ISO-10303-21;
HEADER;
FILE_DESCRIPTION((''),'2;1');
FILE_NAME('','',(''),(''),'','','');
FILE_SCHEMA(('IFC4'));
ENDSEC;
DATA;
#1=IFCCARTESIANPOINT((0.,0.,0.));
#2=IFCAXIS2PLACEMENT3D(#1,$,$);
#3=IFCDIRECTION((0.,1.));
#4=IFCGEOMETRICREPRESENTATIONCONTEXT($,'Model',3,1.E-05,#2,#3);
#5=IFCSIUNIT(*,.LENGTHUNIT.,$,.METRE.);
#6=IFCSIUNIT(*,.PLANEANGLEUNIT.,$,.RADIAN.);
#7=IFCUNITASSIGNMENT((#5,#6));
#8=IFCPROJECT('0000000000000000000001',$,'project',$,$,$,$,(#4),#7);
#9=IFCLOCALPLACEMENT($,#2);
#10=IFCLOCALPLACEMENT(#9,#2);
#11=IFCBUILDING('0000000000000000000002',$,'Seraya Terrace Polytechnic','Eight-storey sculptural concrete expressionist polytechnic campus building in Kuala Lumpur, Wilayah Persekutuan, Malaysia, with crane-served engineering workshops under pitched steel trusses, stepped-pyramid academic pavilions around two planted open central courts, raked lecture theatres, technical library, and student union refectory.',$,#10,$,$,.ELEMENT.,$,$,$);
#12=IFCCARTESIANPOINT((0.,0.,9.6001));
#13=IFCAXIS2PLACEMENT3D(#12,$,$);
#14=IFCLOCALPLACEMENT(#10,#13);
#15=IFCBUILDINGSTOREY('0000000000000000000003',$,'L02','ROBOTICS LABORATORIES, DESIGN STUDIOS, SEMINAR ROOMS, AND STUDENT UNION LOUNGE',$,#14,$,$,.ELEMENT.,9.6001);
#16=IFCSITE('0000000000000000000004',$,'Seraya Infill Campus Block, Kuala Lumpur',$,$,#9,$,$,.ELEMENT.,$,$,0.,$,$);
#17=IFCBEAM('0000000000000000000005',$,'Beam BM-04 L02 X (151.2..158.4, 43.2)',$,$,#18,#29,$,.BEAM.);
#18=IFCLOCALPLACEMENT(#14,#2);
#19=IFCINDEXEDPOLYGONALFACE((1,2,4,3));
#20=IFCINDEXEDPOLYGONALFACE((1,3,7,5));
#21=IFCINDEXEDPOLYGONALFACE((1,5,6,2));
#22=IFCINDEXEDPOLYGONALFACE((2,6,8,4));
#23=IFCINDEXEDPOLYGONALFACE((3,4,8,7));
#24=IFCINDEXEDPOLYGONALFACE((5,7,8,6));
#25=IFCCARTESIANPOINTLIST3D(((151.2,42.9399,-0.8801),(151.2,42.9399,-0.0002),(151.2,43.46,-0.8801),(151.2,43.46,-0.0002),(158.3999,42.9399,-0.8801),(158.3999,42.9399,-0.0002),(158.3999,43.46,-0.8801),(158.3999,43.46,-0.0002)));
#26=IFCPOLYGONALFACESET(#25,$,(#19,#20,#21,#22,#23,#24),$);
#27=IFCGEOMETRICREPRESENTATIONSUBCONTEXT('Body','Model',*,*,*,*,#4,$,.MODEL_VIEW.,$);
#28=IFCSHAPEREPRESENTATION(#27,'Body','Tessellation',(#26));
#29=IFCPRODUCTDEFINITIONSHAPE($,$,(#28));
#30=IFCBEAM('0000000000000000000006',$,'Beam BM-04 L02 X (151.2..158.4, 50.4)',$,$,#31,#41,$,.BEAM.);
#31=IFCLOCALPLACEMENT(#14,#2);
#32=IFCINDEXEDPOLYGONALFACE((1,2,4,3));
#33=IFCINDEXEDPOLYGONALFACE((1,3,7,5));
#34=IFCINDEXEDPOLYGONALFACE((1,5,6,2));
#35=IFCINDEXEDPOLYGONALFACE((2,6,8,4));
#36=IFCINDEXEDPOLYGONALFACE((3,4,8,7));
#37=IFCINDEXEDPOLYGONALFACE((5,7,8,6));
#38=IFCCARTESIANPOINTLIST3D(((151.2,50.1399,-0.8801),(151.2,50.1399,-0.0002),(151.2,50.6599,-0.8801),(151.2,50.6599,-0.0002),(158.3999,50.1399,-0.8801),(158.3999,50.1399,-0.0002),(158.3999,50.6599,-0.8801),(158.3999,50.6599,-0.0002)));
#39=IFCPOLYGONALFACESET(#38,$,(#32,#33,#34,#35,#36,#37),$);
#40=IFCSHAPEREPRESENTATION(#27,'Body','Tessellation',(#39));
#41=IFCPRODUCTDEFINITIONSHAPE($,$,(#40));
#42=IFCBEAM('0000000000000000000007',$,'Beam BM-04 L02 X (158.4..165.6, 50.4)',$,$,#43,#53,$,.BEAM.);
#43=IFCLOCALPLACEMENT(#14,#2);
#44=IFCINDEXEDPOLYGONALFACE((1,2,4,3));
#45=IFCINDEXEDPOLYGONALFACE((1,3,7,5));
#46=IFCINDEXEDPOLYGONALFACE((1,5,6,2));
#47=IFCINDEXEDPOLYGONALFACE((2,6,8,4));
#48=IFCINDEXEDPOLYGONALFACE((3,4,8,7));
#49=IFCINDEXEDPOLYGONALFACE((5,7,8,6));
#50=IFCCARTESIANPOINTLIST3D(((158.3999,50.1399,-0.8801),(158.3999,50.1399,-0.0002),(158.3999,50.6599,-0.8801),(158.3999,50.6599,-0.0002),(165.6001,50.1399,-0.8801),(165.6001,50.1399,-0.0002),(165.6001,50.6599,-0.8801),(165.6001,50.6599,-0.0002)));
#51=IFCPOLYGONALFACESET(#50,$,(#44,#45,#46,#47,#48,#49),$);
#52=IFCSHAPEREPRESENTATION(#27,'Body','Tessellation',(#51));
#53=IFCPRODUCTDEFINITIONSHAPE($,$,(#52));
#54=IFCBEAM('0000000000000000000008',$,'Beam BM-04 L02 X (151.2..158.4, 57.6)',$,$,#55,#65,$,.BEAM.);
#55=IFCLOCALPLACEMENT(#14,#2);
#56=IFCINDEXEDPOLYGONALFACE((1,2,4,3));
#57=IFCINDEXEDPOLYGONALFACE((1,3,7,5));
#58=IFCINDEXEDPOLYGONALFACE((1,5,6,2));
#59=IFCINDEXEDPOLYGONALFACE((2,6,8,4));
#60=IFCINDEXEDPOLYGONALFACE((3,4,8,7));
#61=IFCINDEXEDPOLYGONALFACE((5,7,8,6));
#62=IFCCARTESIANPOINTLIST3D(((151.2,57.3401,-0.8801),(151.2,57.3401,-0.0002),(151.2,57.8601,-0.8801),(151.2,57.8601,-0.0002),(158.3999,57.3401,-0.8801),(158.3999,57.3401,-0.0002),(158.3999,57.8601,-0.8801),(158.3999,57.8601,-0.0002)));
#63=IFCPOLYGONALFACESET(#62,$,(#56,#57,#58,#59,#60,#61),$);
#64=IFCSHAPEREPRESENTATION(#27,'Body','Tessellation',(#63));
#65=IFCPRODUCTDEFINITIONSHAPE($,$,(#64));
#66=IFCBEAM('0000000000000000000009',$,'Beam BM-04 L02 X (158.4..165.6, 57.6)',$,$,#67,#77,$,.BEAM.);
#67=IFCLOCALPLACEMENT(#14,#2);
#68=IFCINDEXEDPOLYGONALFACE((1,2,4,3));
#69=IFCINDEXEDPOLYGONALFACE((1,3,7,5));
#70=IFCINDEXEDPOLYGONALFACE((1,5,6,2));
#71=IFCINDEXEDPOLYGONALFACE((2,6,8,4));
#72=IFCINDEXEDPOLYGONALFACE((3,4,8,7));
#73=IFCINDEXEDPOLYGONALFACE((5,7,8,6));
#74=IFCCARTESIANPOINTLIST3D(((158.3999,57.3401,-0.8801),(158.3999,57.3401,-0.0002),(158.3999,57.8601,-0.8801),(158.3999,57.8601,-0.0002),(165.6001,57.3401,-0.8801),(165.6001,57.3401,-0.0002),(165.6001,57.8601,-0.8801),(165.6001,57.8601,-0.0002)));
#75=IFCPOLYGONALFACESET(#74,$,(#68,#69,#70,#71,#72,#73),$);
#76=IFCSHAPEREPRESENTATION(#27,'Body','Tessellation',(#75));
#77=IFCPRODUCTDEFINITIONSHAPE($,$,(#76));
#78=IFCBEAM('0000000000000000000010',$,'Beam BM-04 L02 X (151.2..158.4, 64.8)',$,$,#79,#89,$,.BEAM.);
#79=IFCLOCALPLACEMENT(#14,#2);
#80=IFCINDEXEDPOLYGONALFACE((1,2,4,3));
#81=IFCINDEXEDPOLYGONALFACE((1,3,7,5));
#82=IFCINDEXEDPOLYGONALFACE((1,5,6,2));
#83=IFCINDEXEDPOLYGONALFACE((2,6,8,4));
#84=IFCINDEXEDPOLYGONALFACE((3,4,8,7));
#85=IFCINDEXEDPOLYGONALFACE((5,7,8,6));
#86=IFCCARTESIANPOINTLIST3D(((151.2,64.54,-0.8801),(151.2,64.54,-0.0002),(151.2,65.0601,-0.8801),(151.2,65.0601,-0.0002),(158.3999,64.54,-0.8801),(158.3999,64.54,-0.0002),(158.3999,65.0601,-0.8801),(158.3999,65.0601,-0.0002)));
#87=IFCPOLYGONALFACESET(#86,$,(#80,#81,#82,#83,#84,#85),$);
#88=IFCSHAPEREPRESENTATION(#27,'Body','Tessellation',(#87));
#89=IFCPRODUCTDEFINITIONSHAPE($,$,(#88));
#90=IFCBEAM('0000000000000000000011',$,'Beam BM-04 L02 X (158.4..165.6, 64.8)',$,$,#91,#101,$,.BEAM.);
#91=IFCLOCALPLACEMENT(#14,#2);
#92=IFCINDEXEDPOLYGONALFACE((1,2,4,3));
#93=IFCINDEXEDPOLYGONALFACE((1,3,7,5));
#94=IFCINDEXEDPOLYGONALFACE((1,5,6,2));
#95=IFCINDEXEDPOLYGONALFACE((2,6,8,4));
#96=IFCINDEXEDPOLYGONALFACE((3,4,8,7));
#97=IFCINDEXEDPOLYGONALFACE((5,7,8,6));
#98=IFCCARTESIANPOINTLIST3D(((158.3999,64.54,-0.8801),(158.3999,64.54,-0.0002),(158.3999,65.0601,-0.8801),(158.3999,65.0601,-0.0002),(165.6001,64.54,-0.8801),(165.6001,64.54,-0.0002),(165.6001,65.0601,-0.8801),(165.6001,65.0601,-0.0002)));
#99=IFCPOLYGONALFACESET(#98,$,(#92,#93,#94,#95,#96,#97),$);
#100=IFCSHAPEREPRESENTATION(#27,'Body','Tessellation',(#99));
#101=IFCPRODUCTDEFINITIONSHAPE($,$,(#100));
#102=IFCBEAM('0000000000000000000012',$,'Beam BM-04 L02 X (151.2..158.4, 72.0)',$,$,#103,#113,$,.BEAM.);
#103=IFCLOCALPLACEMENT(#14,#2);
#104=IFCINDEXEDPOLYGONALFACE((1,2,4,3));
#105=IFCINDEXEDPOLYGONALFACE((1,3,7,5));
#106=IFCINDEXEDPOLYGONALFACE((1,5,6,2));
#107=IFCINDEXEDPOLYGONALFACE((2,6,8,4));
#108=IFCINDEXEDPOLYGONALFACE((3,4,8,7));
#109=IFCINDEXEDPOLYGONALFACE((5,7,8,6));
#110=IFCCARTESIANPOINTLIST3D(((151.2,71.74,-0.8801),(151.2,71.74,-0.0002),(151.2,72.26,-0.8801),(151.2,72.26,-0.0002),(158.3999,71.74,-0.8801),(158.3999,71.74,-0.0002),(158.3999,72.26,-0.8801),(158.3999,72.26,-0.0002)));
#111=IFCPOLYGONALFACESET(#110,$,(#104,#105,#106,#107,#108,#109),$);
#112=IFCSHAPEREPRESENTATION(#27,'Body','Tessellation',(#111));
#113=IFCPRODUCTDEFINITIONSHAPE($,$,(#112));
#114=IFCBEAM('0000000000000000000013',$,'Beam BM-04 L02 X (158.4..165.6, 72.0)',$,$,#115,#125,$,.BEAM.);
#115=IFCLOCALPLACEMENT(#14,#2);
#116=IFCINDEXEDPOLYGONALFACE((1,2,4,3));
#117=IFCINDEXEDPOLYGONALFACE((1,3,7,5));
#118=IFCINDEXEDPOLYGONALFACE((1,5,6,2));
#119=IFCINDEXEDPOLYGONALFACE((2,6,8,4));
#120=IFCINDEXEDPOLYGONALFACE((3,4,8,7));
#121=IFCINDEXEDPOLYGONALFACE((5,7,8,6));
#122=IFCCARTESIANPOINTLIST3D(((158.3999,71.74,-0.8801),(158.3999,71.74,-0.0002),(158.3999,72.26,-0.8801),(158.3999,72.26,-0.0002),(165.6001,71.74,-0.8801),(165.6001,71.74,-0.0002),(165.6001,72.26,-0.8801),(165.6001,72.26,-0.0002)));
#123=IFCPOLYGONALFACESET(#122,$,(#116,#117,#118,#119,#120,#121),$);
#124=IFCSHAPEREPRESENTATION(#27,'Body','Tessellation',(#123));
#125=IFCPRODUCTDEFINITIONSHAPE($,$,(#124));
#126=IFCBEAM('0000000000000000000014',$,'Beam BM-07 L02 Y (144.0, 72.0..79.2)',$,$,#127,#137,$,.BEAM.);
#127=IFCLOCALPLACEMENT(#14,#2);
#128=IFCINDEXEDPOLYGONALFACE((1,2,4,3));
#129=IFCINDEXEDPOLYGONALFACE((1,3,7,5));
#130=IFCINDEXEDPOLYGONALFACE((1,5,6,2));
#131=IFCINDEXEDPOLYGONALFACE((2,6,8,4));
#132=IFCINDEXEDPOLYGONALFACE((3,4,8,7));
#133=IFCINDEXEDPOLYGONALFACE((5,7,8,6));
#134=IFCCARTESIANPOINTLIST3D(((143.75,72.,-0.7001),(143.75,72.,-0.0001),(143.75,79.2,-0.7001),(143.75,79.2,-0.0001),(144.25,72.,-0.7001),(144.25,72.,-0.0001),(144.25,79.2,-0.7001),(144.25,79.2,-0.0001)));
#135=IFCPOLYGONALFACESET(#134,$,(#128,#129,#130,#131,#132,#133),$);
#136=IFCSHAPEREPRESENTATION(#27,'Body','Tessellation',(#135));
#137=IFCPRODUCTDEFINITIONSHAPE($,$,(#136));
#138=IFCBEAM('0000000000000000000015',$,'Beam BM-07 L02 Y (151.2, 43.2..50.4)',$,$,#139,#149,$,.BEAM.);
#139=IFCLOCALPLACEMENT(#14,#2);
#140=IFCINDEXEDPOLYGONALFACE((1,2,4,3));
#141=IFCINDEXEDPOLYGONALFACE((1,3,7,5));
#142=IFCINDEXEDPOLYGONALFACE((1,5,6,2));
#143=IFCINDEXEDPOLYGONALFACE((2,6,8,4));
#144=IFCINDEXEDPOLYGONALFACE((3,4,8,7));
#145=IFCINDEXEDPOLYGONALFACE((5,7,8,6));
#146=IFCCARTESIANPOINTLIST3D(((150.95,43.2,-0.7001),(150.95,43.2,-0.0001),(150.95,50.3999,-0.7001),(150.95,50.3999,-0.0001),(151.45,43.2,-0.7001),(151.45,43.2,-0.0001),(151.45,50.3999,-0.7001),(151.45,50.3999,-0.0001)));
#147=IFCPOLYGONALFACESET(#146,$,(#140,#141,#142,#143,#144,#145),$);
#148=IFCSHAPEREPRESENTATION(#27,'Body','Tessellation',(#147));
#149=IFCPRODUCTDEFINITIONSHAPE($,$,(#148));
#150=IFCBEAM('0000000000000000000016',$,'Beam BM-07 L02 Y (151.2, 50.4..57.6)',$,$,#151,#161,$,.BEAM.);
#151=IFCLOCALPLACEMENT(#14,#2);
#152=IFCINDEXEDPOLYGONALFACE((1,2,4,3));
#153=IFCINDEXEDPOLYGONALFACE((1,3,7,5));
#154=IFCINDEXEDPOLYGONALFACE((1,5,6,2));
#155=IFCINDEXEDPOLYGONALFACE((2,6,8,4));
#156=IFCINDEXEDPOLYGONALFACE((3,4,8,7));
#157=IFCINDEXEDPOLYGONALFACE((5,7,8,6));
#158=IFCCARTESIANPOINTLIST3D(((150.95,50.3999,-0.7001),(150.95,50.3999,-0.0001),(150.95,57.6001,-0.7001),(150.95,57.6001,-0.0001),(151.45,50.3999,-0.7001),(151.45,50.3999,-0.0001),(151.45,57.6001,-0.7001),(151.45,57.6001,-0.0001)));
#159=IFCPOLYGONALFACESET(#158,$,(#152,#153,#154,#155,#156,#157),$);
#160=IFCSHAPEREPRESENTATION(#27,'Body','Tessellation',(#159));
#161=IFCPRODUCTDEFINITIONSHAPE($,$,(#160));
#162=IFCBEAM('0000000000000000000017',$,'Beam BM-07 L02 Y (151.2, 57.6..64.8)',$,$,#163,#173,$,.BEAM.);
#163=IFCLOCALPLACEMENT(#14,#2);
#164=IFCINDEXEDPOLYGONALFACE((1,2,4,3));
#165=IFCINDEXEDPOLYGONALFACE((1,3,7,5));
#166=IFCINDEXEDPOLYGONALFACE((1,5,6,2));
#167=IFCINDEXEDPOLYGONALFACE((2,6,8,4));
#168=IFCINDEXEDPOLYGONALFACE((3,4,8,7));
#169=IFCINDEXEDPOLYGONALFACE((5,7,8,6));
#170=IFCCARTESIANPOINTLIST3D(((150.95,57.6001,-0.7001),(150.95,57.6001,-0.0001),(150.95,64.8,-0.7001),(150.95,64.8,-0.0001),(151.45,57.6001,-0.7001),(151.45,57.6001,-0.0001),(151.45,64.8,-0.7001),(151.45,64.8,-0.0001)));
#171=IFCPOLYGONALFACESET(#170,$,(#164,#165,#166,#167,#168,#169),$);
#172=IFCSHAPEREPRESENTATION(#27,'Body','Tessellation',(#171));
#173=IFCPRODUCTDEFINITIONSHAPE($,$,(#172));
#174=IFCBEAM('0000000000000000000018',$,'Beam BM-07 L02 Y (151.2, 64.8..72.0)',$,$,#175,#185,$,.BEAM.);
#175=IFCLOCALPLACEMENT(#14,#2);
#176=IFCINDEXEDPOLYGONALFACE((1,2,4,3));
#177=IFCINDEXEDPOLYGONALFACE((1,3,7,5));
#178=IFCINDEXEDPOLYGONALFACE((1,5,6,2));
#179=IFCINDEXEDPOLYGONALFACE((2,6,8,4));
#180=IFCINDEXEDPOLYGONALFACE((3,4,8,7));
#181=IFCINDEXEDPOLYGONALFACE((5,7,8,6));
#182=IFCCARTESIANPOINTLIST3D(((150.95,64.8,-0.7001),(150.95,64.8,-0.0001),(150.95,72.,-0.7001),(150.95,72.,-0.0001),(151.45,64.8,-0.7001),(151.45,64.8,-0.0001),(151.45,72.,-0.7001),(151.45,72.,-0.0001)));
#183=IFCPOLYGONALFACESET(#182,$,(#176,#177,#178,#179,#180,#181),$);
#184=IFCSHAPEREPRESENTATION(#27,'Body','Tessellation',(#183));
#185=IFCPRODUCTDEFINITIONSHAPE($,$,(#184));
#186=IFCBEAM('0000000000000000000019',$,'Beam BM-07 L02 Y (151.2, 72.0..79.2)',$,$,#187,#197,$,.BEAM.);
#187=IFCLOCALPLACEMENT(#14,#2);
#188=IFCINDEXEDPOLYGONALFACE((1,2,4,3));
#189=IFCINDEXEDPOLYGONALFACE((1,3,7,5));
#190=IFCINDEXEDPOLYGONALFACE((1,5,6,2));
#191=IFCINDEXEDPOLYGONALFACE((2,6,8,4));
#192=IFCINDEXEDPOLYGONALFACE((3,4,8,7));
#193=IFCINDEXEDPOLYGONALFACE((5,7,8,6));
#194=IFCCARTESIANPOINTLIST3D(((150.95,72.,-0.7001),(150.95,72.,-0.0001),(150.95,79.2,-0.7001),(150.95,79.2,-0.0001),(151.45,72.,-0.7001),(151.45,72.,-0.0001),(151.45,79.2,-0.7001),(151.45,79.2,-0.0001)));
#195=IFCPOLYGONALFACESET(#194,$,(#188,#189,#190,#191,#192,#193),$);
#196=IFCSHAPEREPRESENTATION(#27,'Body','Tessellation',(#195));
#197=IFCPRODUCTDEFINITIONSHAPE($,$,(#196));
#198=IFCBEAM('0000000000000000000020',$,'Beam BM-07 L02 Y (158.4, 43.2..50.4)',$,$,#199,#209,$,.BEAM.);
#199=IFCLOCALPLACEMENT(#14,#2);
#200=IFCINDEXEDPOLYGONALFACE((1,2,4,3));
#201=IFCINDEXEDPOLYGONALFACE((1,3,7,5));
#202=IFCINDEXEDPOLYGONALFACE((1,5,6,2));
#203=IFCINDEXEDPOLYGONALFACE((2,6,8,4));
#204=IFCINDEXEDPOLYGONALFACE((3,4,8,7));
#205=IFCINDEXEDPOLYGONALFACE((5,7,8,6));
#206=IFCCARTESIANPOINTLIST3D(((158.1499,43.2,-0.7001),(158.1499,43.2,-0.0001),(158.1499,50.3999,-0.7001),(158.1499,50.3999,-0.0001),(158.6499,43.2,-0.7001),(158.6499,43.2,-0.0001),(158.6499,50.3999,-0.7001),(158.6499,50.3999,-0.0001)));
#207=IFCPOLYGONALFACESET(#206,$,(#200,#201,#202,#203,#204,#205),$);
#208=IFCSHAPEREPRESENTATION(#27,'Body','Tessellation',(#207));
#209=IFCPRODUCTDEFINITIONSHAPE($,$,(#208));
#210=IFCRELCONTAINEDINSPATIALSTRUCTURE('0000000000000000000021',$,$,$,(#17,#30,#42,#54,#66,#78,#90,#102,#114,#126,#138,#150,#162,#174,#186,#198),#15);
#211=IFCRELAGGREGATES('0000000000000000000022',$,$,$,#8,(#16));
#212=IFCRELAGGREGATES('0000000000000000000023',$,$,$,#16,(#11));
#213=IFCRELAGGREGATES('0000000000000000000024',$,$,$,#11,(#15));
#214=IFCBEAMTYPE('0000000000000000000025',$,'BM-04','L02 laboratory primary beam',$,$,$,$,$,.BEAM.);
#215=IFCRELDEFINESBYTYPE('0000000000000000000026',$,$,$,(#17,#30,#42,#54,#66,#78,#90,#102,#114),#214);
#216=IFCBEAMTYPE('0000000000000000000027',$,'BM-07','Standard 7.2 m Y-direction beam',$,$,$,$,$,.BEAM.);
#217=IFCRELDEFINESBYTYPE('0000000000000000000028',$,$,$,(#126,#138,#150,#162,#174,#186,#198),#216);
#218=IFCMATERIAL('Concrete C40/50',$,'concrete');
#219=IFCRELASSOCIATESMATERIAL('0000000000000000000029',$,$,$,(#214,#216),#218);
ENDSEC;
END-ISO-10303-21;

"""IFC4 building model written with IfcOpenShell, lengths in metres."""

from ifc_helpers import new_model, si_unit, direction, frame, origin, origin_2d, place, context, subcontext, project, spatial, rectangle, extrude, material, material_profile, profile_set, type_object, element, save


model = new_model("IFC4")

# Units and contexts
model_context = context("Model", 3, precision=1e-05, world=origin(), true_north=direction((0.0, 1.0)))
body_context = subcontext(model_context, "Body", "Model", "MODEL_VIEW")
ifc_project = project(units=[si_unit("LENGTHUNIT", "METRE"), si_unit("PLANEANGLEUNIT", "RADIAN")], contexts=[model_context])

# Site, building, storey
site_placement = place(None, origin())
site = spatial("IfcSite", under=ifc_project, at=site_placement, Name="Seraya Infill Campus Block, Kuala Lumpur", CompositionType="ELEMENT", RefElevation=0.0)
building_placement = place(site_placement, origin())
building = spatial("IfcBuilding", under=site, at=building_placement, Name="Seraya Terrace Polytechnic", Description="Eight-storey sculptural concrete expressionist polytechnic campus building in Kuala Lumpur, Wilayah Persekutuan, Malaysia, with crane-served engineering workshops under pitched steel trusses, stepped-pyramid academic pavilions around two planted open central courts, raked lecture theatres, technical library, and student union refectory.", CompositionType="ELEMENT")
storey_placement = place(building_placement, frame((0.0, 0.0, 9.6001)))
storey = spatial("IfcBuildingStorey", under=building, at=storey_placement, Name="L02", Description="ROBOTICS LABORATORIES, DESIGN STUDIOS, SEMINAR ROOMS, AND STUDENT UNION LOUNGE", CompositionType="ELEMENT", Elevation=9.6001)

# Beams
ifc_material_1 = material(Name="Concrete C40/50", Category="concrete")
ifc_material_profile_1 = material_profile(ifc_material_1, rectangle(XDim=0.52, YDim=0.8799, at=origin_2d()), Name="RC 520x880")
ifc_profile_set_1 = profile_set([ifc_material_profile_1], Name="Concrete C40/50")
beam_type_1 = type_object("IfcBeamType", Name="BM-04", Description="L02 laboratory primary beam", PredefinedType="BEAM", material=ifc_profile_set_1)
for number, where, z_axis, x_axis, name in (
    (1, (151.2, 43.2, -0.4402), (1.0, 0.0, 0.0), (0.0, 1.0, 0.0), "Beam BM-04 L02 X (151.2..158.4, 43.2)"),
    (2, (151.2, 50.3999, -0.4402), (1.0, 0.0, 0.0), (0.0, 1.0, 0.0), "Beam BM-04 L02 X (151.2..158.4, 50.4)"),
):
    element("IfcBeam", number, at=place(storey_placement, frame(where, z_axis=z_axis, x_axis=x_axis)), inside=storey, type_object=beam_type_1, Name=name, PredefinedType="BEAM", context=body_context, shape_type="SweptSolid", body=[
        extrude(rectangle(XDim=0.52, YDim=0.8799, at=origin_2d()), origin(), (0.0, 0.0, 1.0), 7.2),
    ])
beam_1_placement = place(storey_placement, frame((158.3999, 50.3999, -0.4402), z_axis=(1.0, 0.0, 0.0), x_axis=(0.0, 1.0, 0.0)))
element("IfcBeam", 3, at=beam_1_placement, inside=storey, type_object=beam_type_1, Name="Beam BM-04 L02 X (158.4..165.6, 50.4)", PredefinedType="BEAM", context=body_context, shape_type="SweptSolid", body=[
    extrude(rectangle(XDim=0.52, YDim=0.8799, at=origin_2d()), origin(), (0.0, 0.0, 1.0), 7.2002),
])
beam_2_placement = place(storey_placement, frame((151.2, 57.6001, -0.4402), z_axis=(1.0, 0.0, 0.0), x_axis=(0.0, 1.0, 0.0)))
element("IfcBeam", 4, at=beam_2_placement, inside=storey, type_object=beam_type_1, Name="Beam BM-04 L02 X (151.2..158.4, 57.6)", PredefinedType="BEAM", context=body_context, shape_type="SweptSolid", body=[
    extrude(rectangle(XDim=0.52, YDim=0.8799, at=origin_2d()), origin(), (0.0, 0.0, 1.0), 7.2),
])
beam_3_placement = place(storey_placement, frame((158.3999, 57.6001, -0.4402), z_axis=(1.0, 0.0, 0.0), x_axis=(0.0, 1.0, 0.0)))
element("IfcBeam", 5, at=beam_3_placement, inside=storey, type_object=beam_type_1, Name="Beam BM-04 L02 X (158.4..165.6, 57.6)", PredefinedType="BEAM", context=body_context, shape_type="SweptSolid", body=[
    extrude(rectangle(XDim=0.52, YDim=0.8799, at=origin_2d()), origin(), (0.0, 0.0, 1.0), 7.2002),
])
beam_4_placement = place(storey_placement, frame((151.2, 64.8, -0.4402), z_axis=(1.0, 0.0, 0.0), x_axis=(0.0, 1.0, 0.0)))
element("IfcBeam", 6, at=beam_4_placement, inside=storey, type_object=beam_type_1, Name="Beam BM-04 L02 X (151.2..158.4, 64.8)", PredefinedType="BEAM", context=body_context, shape_type="SweptSolid", body=[
    extrude(rectangle(XDim=0.52, YDim=0.8799, at=origin_2d()), origin(), (0.0, 0.0, 1.0), 7.2),
])
beam_5_placement = place(storey_placement, frame((158.3999, 64.8, -0.4402), z_axis=(1.0, 0.0, 0.0), x_axis=(0.0, 1.0, 0.0)))
element("IfcBeam", 7, at=beam_5_placement, inside=storey, type_object=beam_type_1, Name="Beam BM-04 L02 X (158.4..165.6, 64.8)", PredefinedType="BEAM", context=body_context, shape_type="SweptSolid", body=[
    extrude(rectangle(XDim=0.52, YDim=0.8799, at=origin_2d()), origin(), (0.0, 0.0, 1.0), 7.2002),
])
beam_6_placement = place(storey_placement, frame((151.2, 72.0, -0.4402), z_axis=(1.0, 0.0, 0.0), x_axis=(0.0, 1.0, 0.0)))
element("IfcBeam", 8, at=beam_6_placement, inside=storey, type_object=beam_type_1, Name="Beam BM-04 L02 X (151.2..158.4, 72.0)", PredefinedType="BEAM", context=body_context, shape_type="SweptSolid", body=[
    extrude(rectangle(XDim=0.52, YDim=0.8799, at=origin_2d()), origin(), (0.0, 0.0, 1.0), 7.2),
])
beam_7_placement = place(storey_placement, frame((158.3999, 72.0, -0.4402), z_axis=(1.0, 0.0, 0.0), x_axis=(0.0, 1.0, 0.0)))
element("IfcBeam", 9, at=beam_7_placement, inside=storey, type_object=beam_type_1, Name="Beam BM-04 L02 X (158.4..165.6, 72.0)", PredefinedType="BEAM", context=body_context, shape_type="SweptSolid", body=[
    extrude(rectangle(XDim=0.52, YDim=0.8799, at=origin_2d()), origin(), (0.0, 0.0, 1.0), 7.2002),
])
ifc_material_profile_2 = material_profile(ifc_material_1, rectangle(XDim=0.5, YDim=0.7, at=origin_2d()), Name="RC 500x700")
ifc_profile_set_2 = profile_set([ifc_material_profile_2], Name="Concrete C40/50")
beam_type_2 = type_object("IfcBeamType", Name="BM-07", Description="Standard 7.2 m Y-direction beam", PredefinedType="BEAM", material=ifc_profile_set_2)
for number, where, z_axis, x_axis, name in (
    (10, (144.0, 72.0, -0.3501), (0.0, 1.0, 0.0), (-1.0, 0.0, 0.0), "Beam BM-07 L02 Y (144.0, 72.0..79.2)"),
    (11, (151.2, 43.2, -0.3501), (0.0, 1.0, 0.0), (-1.0, 0.0, 0.0), "Beam BM-07 L02 Y (151.2, 43.2..50.4)"),
):
    element("IfcBeam", number, at=place(storey_placement, frame(where, z_axis=z_axis, x_axis=x_axis)), inside=storey, type_object=beam_type_2, Name=name, PredefinedType="BEAM", context=body_context, shape_type="SweptSolid", body=[
        extrude(rectangle(XDim=0.5, YDim=0.7, at=origin_2d()), origin(), (0.0, 0.0, 1.0), 7.2),
    ])
beam_8_placement = place(storey_placement, frame((151.2, 50.3999, -0.3501), z_axis=(0.0, 1.0, 0.0), x_axis=(-1.0, 0.0, 0.0)))
element("IfcBeam", 12, at=beam_8_placement, inside=storey, type_object=beam_type_2, Name="Beam BM-07 L02 Y (151.2, 50.4..57.6)", PredefinedType="BEAM", context=body_context, shape_type="SweptSolid", body=[
    extrude(rectangle(XDim=0.5, YDim=0.7, at=origin_2d()), origin(), (0.0, 0.0, 1.0), 7.2002),
])
for number, where, z_axis, x_axis, name in (
    (13, (151.2, 57.6001, -0.3501), (0.0, 1.0, 0.0), (-1.0, 0.0, 0.0), "Beam BM-07 L02 Y (151.2, 57.6..64.8)"),
    (14, (151.2, 64.8, -0.3501), (0.0, 1.0, 0.0), (-1.0, 0.0, 0.0), "Beam BM-07 L02 Y (151.2, 64.8..72.0)"),
    (15, (151.2, 72.0, -0.3501), (0.0, 1.0, 0.0), (-1.0, 0.0, 0.0), "Beam BM-07 L02 Y (151.2, 72.0..79.2)"),
    (16, (158.3999, 43.2, -0.3501), (0.0, 1.0, 0.0), (-1.0, 0.0, 0.0), "Beam BM-07 L02 Y (158.4, 43.2..50.4)"),
):
    element("IfcBeam", number, at=place(storey_placement, frame(where, z_axis=z_axis, x_axis=x_axis)), inside=storey, type_object=beam_type_2, Name=name, PredefinedType="BEAM", context=body_context, shape_type="SweptSolid", body=[
        extrude(rectangle(XDim=0.5, YDim=0.7, at=origin_2d()), origin(), (0.0, 0.0, 1.0), 7.2),
    ])

save(model, "model.ifc")
